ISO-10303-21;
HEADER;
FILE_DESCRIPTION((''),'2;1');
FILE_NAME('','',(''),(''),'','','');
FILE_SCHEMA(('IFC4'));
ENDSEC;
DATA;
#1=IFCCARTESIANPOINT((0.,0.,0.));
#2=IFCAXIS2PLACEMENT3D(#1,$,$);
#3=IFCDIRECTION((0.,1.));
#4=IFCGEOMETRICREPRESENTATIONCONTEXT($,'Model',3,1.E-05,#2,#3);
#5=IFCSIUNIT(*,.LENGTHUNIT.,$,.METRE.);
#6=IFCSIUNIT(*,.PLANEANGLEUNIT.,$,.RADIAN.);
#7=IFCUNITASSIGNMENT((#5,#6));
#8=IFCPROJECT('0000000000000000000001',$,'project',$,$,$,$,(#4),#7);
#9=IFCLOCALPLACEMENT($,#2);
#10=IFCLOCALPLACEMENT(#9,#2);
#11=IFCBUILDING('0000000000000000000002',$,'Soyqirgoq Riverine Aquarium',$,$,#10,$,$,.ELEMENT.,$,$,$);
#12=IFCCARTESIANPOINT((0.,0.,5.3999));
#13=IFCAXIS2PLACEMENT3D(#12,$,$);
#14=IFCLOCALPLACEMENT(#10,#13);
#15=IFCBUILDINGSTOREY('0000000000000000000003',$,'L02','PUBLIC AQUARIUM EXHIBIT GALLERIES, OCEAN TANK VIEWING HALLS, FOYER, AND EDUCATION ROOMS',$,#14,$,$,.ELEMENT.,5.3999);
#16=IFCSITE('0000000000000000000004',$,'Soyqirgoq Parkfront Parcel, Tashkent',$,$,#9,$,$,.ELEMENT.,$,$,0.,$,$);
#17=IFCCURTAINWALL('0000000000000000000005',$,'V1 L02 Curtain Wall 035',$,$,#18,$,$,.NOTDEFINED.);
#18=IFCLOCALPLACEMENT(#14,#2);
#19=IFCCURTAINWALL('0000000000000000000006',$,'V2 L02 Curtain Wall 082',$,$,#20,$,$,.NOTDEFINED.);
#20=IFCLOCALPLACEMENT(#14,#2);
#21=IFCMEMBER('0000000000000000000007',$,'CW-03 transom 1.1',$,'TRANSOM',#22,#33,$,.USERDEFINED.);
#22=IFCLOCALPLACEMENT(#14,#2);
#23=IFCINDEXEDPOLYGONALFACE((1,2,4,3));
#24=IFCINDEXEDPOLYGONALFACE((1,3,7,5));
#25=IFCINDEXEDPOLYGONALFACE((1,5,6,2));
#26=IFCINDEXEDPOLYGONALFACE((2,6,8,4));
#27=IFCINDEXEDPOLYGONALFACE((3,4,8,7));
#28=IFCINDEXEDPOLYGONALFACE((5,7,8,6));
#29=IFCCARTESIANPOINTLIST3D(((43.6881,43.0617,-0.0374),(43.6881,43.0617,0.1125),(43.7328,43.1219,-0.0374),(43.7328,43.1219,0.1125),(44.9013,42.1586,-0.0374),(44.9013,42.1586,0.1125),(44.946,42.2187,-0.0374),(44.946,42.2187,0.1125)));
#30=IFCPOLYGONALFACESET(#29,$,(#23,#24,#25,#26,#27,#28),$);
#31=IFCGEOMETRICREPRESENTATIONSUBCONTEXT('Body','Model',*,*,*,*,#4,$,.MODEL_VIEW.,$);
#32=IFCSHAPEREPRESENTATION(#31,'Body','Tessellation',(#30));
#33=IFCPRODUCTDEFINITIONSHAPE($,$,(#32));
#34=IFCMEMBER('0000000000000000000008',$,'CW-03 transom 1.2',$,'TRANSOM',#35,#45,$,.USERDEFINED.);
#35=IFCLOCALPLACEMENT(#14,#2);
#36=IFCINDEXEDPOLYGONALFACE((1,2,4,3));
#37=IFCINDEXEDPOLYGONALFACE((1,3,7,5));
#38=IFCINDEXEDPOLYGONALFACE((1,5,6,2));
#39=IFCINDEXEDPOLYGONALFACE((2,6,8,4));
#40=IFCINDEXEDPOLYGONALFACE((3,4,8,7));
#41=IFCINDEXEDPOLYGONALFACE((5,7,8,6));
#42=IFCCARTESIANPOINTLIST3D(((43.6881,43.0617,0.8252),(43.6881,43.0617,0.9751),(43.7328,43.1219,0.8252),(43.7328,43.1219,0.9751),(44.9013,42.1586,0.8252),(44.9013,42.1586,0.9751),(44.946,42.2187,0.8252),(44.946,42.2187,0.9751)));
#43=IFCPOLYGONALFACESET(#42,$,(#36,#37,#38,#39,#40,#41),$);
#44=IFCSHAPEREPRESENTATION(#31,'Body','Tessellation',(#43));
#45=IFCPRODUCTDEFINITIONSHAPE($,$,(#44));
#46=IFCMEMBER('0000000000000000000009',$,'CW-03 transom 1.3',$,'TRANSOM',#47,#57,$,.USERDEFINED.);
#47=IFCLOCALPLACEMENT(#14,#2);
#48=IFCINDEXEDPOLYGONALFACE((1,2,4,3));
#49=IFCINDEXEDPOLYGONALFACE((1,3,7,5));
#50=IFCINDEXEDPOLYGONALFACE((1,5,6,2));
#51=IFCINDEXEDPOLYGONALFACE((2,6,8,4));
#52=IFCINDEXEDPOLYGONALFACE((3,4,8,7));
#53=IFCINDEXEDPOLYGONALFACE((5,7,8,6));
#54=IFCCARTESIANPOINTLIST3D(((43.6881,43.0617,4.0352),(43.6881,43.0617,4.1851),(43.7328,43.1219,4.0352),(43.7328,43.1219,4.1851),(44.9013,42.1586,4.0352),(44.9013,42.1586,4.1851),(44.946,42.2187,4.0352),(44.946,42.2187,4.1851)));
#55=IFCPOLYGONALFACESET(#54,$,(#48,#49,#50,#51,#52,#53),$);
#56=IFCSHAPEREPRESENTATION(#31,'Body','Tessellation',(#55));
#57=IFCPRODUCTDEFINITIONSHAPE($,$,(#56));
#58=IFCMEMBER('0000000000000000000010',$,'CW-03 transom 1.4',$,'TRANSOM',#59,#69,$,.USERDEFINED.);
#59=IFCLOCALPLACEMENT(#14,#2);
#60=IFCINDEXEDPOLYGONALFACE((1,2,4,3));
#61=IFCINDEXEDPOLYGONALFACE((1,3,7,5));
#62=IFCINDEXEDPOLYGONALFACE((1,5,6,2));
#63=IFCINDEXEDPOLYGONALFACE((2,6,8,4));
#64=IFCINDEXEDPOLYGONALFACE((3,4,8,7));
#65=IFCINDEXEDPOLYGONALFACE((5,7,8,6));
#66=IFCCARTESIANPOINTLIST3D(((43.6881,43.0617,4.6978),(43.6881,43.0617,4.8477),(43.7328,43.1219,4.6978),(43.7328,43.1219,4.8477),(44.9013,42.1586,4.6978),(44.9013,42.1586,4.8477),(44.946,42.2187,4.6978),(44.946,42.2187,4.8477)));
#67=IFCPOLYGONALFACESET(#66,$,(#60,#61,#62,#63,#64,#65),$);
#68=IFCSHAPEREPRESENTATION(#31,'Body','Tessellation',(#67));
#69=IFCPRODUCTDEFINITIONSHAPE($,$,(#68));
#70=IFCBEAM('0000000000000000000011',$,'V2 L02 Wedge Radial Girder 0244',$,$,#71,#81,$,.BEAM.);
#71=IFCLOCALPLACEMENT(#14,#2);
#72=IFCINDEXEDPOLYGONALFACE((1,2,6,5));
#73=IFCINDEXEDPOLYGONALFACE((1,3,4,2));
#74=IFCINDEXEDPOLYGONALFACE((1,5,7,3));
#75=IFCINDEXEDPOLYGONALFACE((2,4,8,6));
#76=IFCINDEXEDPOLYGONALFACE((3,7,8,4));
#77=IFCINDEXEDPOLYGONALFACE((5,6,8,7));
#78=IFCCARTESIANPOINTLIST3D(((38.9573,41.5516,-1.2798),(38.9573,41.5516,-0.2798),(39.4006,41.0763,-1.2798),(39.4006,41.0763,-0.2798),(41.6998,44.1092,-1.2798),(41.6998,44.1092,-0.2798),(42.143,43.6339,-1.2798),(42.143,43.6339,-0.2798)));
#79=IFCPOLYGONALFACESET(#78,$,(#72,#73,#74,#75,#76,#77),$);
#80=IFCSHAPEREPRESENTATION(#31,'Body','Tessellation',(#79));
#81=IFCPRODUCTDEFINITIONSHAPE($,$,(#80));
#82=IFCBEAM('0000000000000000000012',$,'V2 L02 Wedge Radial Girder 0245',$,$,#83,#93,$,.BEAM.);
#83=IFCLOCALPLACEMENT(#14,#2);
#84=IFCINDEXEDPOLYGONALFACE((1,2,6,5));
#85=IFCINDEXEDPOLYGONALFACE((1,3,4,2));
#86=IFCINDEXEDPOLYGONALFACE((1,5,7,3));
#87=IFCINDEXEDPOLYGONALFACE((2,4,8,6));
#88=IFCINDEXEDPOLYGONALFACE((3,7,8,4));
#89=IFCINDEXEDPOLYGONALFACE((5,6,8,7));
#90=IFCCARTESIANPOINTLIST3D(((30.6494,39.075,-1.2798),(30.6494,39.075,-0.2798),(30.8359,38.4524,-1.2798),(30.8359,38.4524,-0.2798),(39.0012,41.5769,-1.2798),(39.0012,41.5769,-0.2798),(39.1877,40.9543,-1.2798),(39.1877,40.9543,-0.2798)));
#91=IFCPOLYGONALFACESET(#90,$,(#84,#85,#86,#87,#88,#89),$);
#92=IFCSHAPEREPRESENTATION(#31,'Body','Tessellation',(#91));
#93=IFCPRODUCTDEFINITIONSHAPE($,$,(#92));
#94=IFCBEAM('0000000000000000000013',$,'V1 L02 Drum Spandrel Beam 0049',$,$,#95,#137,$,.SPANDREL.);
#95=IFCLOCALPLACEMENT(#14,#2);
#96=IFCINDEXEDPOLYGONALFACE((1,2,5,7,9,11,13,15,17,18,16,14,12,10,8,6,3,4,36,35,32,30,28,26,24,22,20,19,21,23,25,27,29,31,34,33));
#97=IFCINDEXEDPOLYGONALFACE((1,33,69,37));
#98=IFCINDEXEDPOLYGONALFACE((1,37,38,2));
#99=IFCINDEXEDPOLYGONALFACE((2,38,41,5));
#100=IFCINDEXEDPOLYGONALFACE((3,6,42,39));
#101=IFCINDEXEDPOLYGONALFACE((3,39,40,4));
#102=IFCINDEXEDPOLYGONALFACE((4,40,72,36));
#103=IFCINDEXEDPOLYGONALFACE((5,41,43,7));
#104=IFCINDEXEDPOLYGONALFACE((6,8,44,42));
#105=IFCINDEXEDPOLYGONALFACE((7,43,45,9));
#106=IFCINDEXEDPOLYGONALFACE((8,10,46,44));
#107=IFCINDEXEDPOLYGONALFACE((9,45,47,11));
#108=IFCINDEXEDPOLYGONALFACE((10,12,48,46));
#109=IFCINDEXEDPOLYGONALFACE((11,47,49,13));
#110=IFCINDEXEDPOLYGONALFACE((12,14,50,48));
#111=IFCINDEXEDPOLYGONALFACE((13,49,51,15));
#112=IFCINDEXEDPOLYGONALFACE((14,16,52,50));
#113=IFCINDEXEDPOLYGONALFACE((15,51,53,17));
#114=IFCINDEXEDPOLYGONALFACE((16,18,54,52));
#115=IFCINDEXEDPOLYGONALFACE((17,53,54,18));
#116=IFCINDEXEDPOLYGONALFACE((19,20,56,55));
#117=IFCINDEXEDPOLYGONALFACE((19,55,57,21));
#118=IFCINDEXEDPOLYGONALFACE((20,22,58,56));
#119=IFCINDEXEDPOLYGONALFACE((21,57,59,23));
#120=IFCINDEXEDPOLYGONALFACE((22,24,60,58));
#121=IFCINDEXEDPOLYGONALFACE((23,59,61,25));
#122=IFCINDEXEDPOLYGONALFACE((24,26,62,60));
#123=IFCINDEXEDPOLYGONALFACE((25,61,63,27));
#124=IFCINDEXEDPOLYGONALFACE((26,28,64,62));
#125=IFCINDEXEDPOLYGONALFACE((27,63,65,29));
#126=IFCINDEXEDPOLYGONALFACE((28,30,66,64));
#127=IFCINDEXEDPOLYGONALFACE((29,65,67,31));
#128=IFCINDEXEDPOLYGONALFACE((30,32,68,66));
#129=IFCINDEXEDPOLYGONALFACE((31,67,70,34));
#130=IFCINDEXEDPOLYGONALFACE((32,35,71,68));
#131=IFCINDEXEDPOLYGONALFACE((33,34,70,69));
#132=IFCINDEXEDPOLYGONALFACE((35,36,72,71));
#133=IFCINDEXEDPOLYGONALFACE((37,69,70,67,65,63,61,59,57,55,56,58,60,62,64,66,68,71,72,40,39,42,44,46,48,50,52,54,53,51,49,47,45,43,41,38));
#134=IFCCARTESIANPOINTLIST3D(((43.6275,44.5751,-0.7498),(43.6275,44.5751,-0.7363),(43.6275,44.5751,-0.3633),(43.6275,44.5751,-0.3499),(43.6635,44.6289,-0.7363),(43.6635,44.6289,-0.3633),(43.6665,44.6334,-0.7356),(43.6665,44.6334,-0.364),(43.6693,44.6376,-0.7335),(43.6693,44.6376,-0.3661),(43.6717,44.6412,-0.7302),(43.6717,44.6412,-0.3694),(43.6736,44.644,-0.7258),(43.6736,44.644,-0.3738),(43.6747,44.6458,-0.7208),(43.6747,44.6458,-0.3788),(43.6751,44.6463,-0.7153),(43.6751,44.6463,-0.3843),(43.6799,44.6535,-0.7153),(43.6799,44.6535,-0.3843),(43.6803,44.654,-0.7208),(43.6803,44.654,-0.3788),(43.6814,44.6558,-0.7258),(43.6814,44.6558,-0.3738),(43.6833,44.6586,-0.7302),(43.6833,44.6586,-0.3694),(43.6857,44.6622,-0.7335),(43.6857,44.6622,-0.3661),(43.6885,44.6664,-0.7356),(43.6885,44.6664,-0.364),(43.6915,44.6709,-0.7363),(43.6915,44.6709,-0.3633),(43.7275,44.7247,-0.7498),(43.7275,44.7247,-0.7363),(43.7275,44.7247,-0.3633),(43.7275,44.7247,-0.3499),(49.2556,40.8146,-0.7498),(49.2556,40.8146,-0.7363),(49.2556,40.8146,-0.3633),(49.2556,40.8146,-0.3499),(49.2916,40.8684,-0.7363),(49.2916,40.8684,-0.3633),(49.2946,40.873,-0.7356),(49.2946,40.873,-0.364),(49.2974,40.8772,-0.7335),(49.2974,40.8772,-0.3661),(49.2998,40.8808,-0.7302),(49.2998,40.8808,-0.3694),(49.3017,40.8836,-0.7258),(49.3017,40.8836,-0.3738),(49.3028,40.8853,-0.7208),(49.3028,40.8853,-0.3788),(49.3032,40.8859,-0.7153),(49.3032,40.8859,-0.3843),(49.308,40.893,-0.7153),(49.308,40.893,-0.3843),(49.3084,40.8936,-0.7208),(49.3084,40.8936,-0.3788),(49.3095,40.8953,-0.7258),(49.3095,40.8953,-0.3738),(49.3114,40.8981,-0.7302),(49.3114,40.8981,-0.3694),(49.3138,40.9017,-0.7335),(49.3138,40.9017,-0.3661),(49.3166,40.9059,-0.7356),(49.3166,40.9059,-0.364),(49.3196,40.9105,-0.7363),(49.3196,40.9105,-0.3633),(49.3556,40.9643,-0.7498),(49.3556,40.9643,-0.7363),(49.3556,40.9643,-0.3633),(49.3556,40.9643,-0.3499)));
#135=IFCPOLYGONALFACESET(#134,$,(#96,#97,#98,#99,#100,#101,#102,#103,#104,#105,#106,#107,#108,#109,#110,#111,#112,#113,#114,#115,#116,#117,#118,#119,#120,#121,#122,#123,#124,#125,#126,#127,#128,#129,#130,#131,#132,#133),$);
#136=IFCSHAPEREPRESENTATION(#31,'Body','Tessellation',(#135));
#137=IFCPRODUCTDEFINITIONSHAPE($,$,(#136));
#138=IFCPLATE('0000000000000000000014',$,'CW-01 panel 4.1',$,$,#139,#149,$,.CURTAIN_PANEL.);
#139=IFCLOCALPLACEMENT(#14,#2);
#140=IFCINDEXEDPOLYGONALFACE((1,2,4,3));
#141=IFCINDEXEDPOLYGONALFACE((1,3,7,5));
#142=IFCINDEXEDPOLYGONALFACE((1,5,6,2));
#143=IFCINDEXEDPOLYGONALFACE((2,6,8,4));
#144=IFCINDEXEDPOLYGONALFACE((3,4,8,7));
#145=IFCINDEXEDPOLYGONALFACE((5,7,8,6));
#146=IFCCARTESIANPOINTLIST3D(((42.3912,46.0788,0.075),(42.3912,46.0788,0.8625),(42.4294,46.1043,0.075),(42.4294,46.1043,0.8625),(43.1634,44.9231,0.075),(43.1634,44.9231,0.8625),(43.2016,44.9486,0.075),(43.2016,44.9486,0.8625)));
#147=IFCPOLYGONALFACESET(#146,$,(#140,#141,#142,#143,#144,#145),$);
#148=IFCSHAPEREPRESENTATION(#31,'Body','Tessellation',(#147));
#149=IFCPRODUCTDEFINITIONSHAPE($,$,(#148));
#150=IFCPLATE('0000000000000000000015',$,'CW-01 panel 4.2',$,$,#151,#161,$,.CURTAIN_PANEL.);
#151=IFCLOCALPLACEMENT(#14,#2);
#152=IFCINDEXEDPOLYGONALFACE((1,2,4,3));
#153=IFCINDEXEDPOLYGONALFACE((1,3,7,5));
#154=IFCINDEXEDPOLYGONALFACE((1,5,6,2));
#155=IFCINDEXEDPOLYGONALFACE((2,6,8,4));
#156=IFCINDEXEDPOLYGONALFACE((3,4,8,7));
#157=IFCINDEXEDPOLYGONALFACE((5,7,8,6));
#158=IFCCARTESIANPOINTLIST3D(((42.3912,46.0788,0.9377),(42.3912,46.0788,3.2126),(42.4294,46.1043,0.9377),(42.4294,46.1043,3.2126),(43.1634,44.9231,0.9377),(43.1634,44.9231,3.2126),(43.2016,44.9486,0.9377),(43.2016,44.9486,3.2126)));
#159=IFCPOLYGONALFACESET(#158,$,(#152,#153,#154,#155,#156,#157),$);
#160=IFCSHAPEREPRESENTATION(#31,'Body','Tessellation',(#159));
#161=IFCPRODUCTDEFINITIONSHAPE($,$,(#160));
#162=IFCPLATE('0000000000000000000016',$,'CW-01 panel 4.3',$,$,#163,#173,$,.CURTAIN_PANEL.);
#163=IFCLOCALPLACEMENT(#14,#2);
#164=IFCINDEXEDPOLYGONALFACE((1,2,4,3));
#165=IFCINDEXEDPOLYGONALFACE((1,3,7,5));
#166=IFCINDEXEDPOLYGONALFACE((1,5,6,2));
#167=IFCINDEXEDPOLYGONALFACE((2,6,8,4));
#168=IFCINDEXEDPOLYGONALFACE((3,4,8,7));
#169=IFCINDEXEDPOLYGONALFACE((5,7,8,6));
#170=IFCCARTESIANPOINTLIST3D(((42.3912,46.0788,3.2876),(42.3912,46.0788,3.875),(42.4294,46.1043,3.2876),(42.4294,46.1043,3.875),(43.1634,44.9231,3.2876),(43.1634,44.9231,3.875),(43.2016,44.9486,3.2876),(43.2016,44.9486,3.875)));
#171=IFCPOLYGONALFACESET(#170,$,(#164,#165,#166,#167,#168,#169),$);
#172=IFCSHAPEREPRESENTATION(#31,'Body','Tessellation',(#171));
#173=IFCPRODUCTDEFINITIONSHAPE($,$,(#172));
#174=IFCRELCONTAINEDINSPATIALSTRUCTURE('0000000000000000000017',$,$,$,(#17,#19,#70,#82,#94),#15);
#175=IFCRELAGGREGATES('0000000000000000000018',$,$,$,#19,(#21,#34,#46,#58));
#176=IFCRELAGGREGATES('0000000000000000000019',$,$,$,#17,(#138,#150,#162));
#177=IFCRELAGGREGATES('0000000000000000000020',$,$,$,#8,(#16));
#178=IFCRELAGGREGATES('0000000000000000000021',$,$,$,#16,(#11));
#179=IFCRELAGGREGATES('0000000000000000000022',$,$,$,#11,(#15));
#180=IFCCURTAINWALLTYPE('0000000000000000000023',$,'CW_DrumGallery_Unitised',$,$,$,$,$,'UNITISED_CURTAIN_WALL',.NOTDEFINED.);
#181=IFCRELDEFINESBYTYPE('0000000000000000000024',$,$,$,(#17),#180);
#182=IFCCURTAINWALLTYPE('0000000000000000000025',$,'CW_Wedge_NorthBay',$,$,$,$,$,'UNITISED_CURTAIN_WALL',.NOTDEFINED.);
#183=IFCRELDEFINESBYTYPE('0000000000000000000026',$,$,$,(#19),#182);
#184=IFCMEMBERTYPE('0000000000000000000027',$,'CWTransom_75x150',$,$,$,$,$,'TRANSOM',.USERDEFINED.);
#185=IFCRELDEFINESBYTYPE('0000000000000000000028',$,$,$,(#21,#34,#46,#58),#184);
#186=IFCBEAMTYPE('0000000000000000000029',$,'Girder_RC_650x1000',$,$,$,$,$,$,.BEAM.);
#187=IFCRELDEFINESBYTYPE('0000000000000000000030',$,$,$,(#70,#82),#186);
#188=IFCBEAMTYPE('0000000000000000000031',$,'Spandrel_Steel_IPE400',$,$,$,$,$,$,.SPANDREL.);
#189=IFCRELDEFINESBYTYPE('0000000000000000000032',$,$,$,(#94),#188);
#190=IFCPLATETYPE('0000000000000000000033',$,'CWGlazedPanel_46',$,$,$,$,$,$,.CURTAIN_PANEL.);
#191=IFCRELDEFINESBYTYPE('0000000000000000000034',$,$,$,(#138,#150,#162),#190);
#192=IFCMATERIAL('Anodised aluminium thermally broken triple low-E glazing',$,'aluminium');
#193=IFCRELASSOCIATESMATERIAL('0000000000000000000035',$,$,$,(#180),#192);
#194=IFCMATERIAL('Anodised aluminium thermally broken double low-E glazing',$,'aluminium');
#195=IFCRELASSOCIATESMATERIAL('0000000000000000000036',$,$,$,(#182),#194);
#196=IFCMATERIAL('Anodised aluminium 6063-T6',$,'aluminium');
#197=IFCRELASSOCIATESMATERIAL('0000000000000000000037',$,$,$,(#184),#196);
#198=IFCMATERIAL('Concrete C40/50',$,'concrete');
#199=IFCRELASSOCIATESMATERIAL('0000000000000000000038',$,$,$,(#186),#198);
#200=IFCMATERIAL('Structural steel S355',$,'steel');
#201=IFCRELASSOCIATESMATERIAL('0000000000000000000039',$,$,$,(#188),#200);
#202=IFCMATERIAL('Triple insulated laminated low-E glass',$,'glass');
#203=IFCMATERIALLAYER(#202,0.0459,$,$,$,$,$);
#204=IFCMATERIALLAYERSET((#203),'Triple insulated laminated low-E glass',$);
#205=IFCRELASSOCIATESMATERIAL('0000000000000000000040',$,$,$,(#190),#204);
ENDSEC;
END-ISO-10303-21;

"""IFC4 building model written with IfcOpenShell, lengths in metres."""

from ifc_helpers import new_model, si_unit, direction, frame, origin, origin_2d, place, context, subcontext, project, spatial, rectangle, i_section, extrude, material, layer, layer_set, material_profile, profile_set, type_object, element, aggregate, save


model = new_model("IFC4")

# Units and contexts
model_context = context("Model", 3, precision=1e-05, world=origin(), true_north=direction((0.0, 1.0)))
body_context = subcontext(model_context, "Body", "Model", "MODEL_VIEW")
ifc_project = project(units=[si_unit("LENGTHUNIT", "METRE"), si_unit("PLANEANGLEUNIT", "RADIAN")], contexts=[model_context])

# Site, building, storey
site_placement = place(None, origin())
site = spatial("IfcSite", under=ifc_project, at=site_placement, Name="Soyqirgoq Parkfront Parcel, Tashkent", CompositionType="ELEMENT", RefElevation=0.0)
building_placement = place(site_placement, origin())
building = spatial("IfcBuilding", under=site, at=building_placement, Name="Soyqirgoq Riverine Aquarium", CompositionType="ELEMENT")
storey_placement = place(building_placement, frame((0.0, 0.0, 5.3999)))
storey = spatial("IfcBuildingStorey", under=building, at=storey_placement, Name="L02", Description="PUBLIC AQUARIUM EXHIBIT GALLERIES, OCEAN TANK VIEWING HALLS, FOYER, AND EDUCATION ROOMS", CompositionType="ELEMENT", Elevation=5.3999)

# Curtain walls
ifc_material_1 = material(Name="Anodised aluminium thermally broken triple low-E glazing", Category="aluminium")
curtain_wall_type_1 = type_object("IfcCurtainWallType", Name="CW_DrumGallery_Unitised", ElementType="UNITISED_CURTAIN_WALL", PredefinedType="NOTDEFINED", material=ifc_material_1)
curtain_wall_1_placement = place(storey_placement, origin())
curtain_wall_1 = element("IfcCurtainWall", 1, at=curtain_wall_1_placement, inside=storey, type_object=curtain_wall_type_1, Name="V1 L02 Curtain Wall 035", PredefinedType="NOTDEFINED")
ifc_material_2 = material(Name="Anodised aluminium thermally broken double low-E glazing", Category="aluminium")
curtain_wall_type_2 = type_object("IfcCurtainWallType", Name="CW_Wedge_NorthBay", ElementType="UNITISED_CURTAIN_WALL", PredefinedType="NOTDEFINED", material=ifc_material_2)
curtain_wall_2_placement = place(storey_placement, origin())
curtain_wall_2 = element("IfcCurtainWall", 2, at=curtain_wall_2_placement, inside=storey, type_object=curtain_wall_type_2, Name="V2 L02 Curtain Wall 082", PredefinedType="NOTDEFINED")

# Members
ifc_material_3 = material(Name="Anodised aluminium 6063-T6", Category="aluminium")
ifc_material_profile_1 = material_profile(ifc_material_3, rectangle(XDim=0.075, YDim=0.1499, at=origin_2d()), Name="ALU-T 75x150")
ifc_profile_set_1 = profile_set([ifc_material_profile_1], Name="Anodised aluminium 6063-T6")
member_type_1 = type_object("IfcMemberType", Name="CWTransom_75x150", ElementType="TRANSOM", PredefinedType="USERDEFINED", material=ifc_profile_set_1)
member_1_placement = place(storey_placement, frame((43.7104, 43.0918, 0.0376), z_axis=(0.802145, -0.597129, 0.0), x_axis=(0.597129, 0.802145, 0.0)))
member_1 = element("IfcMember", 3, at=member_1_placement, type_object=member_type_1, Name="CW-03 transom 1.1", ObjectType="TRANSOM", PredefinedType="USERDEFINED", context=body_context, shape_type="SweptSolid", body=[
    extrude(rectangle(XDim=0.075, YDim=0.1499, at=origin_2d()), origin(), (0.0, 0.0, 1.0), 1.5125),
])
member_2_placement = place(storey_placement, frame((43.7104, 43.0918, 0.9001), z_axis=(0.802145, -0.597129, 0.0), x_axis=(0.597129, 0.802145, 0.0)))
member_2 = element("IfcMember", 4, at=member_2_placement, type_object=member_type_1, Name="CW-03 transom 1.2", ObjectType="TRANSOM", PredefinedType="USERDEFINED", context=body_context, shape_type="SweptSolid", body=[
    extrude(rectangle(XDim=0.075, YDim=0.1499, at=origin_2d()), origin(), (0.0, 0.0, 1.0), 1.5125),
])
member_3_placement = place(storey_placement, frame((43.7104, 43.0918, 4.1101), z_axis=(0.802145, -0.597129, 0.0), x_axis=(0.597129, 0.802145, 0.0)))
member_3 = element("IfcMember", 5, at=member_3_placement, type_object=member_type_1, Name="CW-03 transom 1.3", ObjectType="TRANSOM", PredefinedType="USERDEFINED", context=body_context, shape_type="SweptSolid", body=[
    extrude(rectangle(XDim=0.075, YDim=0.1499, at=origin_2d()), origin(), (0.0, 0.0, 1.0), 1.5125),
])
member_4_placement = place(storey_placement, frame((43.7104, 43.0918, 4.7727), z_axis=(0.802145, -0.597129, 0.0), x_axis=(0.597129, 0.802145, 0.0)))
member_4 = element("IfcMember", 6, at=member_4_placement, type_object=member_type_1, Name="CW-03 transom 1.4", ObjectType="TRANSOM", PredefinedType="USERDEFINED", context=body_context, shape_type="SweptSolid", body=[
    extrude(rectangle(XDim=0.075, YDim=0.1499, at=origin_2d()), origin(), (0.0, 0.0, 1.0), 1.5125),
])
aggregate(curtain_wall_2, [member_1, member_2, member_3, member_4])

# Beams
ifc_material_4 = material(Name="Concrete C40/50", Category="concrete")
ifc_material_profile_2 = material_profile(ifc_material_4, rectangle(XDim=0.6499, YDim=1.0, at=origin_2d()), Name="RC 650x1000")
ifc_profile_set_2 = profile_set([ifc_material_profile_2], Name="Concrete C40/50")
beam_type_1 = type_object("IfcBeamType", Name="Girder_RC_650x1000", PredefinedType="BEAM", material=ifc_profile_set_2)
beam_1_placement = place(storey_placement, frame((41.9214, 43.8716, -0.7798), z_axis=(-0.731319, -0.682035, 0.0), x_axis=(0.682035, -0.731319, 0.0)))
element("IfcBeam", 7, at=beam_1_placement, inside=storey, type_object=beam_type_1, Name="V2 L02 Wedge Radial Girder 0244", PredefinedType="BEAM", context=body_context, shape_type="SweptSolid", body=[
    extrude(rectangle(XDim=0.6499, YDim=1.0, at=origin_2d()), origin(), (0.0, 0.0, 1.0), 3.75),
])
beam_2_placement = place(storey_placement, frame((39.0945, 41.2656, -0.7798), z_axis=(-0.95794, -0.28697, 0.0), x_axis=(0.28697, -0.95794, 0.0)))
element("IfcBeam", 8, at=beam_2_placement, inside=storey, type_object=beam_type_1, Name="V2 L02 Wedge Radial Girder 0245", PredefinedType="BEAM", context=body_context, shape_type="SweptSolid", body=[
    extrude(rectangle(XDim=0.6499, YDim=1.0, at=origin_2d()), origin(), (0.0, 0.0, 1.0), 8.7185),
])
ifc_material_5 = material(Name="Structural steel S355", Category="steel")
ifc_material_profile_3 = material_profile(ifc_material_5, i_section(OverallWidth=0.1799, OverallDepth=0.3999, WebThickness=0.0085, FlangeThickness=0.0134, FilletRadius=0.021, at=origin_2d()), Name="IPE 400")
ifc_profile_set_3 = profile_set([ifc_material_profile_3], Name="Structural steel S355")
beam_type_2 = type_object("IfcBeamType", Name="Spandrel_Steel_IPE400", PredefinedType="SPANDREL", material=ifc_profile_set_3)
beam_3_placement = place(storey_placement, frame((43.6775, 44.6499, -0.5498), z_axis=(0.831478, -0.555557, 0.0), x_axis=(0.555557, 0.831478, 0.0)))
element("IfcBeam", 9, at=beam_3_placement, inside=storey, type_object=beam_type_2, Name="V1 L02 Drum Spandrel Beam 0049", PredefinedType="SPANDREL", context=body_context, shape_type="SweptSolid", body=[
    extrude(i_section(OverallWidth=0.1799, OverallDepth=0.3999, WebThickness=0.0085, FlangeThickness=0.0134, FilletRadius=0.021, at=origin_2d()), origin(), (0.0, 0.0, 1.0), 6.7688),
])

# Plates
ifc_material_6 = material(Name="Triple insulated laminated low-E glass", Category="glass")
ifc_layer_1 = layer(ifc_material_6, 0.0459)
ifc_layer_set_1 = layer_set([ifc_layer_1], Name="Triple insulated laminated low-E glass")
plate_type = type_object("IfcPlateType", Name="CWGlazedPanel_46", PredefinedType="CURTAIN_PANEL", material=ifc_layer_set_1)
plate_1_placement = place(storey_placement, frame((42.7964, 45.5137, 0.075), z_axis=(0.0, 0.0, 1.0), x_axis=(0.555565, -0.831473, 0.0)))
plate_1 = element("IfcPlate", 10, at=plate_1_placement, type_object=plate_type, Name="CW-01 panel 4.1", PredefinedType="CURTAIN_PANEL", context=body_context, shape_type="SweptSolid", body=[
    extrude(rectangle(XDim=1.3899, YDim=0.0459, at=origin_2d()), origin(), (0.0, 0.0, 1.0), 0.7876),
])
plate_2_placement = place(storey_placement, frame((42.7964, 45.5137, 0.9377), z_axis=(0.0, 0.0, 1.0), x_axis=(0.555565, -0.831473, 0.0)))
plate_2 = element("IfcPlate", 11, at=plate_2_placement, type_object=plate_type, Name="CW-01 panel 4.2", PredefinedType="CURTAIN_PANEL", context=body_context, shape_type="SweptSolid", body=[
    extrude(rectangle(XDim=1.3899, YDim=0.0459, at=origin_2d()), origin(), (0.0, 0.0, 1.0), 2.2749),
])
plate_3_placement = place(storey_placement, frame((42.7964, 45.5137, 3.2876), z_axis=(0.0, 0.0, 1.0), x_axis=(0.555565, -0.831473, 0.0)))
plate_3 = element("IfcPlate", 12, at=plate_3_placement, type_object=plate_type, Name="CW-01 panel 4.3", PredefinedType="CURTAIN_PANEL", context=body_context, shape_type="SweptSolid", body=[
    extrude(rectangle(XDim=1.3899, YDim=0.0459, at=origin_2d()), origin(), (0.0, 0.0, 1.0), 0.5874),
])
aggregate(curtain_wall_1, [plate_1, plate_2, plate_3])

save(model, "model.ifc")
